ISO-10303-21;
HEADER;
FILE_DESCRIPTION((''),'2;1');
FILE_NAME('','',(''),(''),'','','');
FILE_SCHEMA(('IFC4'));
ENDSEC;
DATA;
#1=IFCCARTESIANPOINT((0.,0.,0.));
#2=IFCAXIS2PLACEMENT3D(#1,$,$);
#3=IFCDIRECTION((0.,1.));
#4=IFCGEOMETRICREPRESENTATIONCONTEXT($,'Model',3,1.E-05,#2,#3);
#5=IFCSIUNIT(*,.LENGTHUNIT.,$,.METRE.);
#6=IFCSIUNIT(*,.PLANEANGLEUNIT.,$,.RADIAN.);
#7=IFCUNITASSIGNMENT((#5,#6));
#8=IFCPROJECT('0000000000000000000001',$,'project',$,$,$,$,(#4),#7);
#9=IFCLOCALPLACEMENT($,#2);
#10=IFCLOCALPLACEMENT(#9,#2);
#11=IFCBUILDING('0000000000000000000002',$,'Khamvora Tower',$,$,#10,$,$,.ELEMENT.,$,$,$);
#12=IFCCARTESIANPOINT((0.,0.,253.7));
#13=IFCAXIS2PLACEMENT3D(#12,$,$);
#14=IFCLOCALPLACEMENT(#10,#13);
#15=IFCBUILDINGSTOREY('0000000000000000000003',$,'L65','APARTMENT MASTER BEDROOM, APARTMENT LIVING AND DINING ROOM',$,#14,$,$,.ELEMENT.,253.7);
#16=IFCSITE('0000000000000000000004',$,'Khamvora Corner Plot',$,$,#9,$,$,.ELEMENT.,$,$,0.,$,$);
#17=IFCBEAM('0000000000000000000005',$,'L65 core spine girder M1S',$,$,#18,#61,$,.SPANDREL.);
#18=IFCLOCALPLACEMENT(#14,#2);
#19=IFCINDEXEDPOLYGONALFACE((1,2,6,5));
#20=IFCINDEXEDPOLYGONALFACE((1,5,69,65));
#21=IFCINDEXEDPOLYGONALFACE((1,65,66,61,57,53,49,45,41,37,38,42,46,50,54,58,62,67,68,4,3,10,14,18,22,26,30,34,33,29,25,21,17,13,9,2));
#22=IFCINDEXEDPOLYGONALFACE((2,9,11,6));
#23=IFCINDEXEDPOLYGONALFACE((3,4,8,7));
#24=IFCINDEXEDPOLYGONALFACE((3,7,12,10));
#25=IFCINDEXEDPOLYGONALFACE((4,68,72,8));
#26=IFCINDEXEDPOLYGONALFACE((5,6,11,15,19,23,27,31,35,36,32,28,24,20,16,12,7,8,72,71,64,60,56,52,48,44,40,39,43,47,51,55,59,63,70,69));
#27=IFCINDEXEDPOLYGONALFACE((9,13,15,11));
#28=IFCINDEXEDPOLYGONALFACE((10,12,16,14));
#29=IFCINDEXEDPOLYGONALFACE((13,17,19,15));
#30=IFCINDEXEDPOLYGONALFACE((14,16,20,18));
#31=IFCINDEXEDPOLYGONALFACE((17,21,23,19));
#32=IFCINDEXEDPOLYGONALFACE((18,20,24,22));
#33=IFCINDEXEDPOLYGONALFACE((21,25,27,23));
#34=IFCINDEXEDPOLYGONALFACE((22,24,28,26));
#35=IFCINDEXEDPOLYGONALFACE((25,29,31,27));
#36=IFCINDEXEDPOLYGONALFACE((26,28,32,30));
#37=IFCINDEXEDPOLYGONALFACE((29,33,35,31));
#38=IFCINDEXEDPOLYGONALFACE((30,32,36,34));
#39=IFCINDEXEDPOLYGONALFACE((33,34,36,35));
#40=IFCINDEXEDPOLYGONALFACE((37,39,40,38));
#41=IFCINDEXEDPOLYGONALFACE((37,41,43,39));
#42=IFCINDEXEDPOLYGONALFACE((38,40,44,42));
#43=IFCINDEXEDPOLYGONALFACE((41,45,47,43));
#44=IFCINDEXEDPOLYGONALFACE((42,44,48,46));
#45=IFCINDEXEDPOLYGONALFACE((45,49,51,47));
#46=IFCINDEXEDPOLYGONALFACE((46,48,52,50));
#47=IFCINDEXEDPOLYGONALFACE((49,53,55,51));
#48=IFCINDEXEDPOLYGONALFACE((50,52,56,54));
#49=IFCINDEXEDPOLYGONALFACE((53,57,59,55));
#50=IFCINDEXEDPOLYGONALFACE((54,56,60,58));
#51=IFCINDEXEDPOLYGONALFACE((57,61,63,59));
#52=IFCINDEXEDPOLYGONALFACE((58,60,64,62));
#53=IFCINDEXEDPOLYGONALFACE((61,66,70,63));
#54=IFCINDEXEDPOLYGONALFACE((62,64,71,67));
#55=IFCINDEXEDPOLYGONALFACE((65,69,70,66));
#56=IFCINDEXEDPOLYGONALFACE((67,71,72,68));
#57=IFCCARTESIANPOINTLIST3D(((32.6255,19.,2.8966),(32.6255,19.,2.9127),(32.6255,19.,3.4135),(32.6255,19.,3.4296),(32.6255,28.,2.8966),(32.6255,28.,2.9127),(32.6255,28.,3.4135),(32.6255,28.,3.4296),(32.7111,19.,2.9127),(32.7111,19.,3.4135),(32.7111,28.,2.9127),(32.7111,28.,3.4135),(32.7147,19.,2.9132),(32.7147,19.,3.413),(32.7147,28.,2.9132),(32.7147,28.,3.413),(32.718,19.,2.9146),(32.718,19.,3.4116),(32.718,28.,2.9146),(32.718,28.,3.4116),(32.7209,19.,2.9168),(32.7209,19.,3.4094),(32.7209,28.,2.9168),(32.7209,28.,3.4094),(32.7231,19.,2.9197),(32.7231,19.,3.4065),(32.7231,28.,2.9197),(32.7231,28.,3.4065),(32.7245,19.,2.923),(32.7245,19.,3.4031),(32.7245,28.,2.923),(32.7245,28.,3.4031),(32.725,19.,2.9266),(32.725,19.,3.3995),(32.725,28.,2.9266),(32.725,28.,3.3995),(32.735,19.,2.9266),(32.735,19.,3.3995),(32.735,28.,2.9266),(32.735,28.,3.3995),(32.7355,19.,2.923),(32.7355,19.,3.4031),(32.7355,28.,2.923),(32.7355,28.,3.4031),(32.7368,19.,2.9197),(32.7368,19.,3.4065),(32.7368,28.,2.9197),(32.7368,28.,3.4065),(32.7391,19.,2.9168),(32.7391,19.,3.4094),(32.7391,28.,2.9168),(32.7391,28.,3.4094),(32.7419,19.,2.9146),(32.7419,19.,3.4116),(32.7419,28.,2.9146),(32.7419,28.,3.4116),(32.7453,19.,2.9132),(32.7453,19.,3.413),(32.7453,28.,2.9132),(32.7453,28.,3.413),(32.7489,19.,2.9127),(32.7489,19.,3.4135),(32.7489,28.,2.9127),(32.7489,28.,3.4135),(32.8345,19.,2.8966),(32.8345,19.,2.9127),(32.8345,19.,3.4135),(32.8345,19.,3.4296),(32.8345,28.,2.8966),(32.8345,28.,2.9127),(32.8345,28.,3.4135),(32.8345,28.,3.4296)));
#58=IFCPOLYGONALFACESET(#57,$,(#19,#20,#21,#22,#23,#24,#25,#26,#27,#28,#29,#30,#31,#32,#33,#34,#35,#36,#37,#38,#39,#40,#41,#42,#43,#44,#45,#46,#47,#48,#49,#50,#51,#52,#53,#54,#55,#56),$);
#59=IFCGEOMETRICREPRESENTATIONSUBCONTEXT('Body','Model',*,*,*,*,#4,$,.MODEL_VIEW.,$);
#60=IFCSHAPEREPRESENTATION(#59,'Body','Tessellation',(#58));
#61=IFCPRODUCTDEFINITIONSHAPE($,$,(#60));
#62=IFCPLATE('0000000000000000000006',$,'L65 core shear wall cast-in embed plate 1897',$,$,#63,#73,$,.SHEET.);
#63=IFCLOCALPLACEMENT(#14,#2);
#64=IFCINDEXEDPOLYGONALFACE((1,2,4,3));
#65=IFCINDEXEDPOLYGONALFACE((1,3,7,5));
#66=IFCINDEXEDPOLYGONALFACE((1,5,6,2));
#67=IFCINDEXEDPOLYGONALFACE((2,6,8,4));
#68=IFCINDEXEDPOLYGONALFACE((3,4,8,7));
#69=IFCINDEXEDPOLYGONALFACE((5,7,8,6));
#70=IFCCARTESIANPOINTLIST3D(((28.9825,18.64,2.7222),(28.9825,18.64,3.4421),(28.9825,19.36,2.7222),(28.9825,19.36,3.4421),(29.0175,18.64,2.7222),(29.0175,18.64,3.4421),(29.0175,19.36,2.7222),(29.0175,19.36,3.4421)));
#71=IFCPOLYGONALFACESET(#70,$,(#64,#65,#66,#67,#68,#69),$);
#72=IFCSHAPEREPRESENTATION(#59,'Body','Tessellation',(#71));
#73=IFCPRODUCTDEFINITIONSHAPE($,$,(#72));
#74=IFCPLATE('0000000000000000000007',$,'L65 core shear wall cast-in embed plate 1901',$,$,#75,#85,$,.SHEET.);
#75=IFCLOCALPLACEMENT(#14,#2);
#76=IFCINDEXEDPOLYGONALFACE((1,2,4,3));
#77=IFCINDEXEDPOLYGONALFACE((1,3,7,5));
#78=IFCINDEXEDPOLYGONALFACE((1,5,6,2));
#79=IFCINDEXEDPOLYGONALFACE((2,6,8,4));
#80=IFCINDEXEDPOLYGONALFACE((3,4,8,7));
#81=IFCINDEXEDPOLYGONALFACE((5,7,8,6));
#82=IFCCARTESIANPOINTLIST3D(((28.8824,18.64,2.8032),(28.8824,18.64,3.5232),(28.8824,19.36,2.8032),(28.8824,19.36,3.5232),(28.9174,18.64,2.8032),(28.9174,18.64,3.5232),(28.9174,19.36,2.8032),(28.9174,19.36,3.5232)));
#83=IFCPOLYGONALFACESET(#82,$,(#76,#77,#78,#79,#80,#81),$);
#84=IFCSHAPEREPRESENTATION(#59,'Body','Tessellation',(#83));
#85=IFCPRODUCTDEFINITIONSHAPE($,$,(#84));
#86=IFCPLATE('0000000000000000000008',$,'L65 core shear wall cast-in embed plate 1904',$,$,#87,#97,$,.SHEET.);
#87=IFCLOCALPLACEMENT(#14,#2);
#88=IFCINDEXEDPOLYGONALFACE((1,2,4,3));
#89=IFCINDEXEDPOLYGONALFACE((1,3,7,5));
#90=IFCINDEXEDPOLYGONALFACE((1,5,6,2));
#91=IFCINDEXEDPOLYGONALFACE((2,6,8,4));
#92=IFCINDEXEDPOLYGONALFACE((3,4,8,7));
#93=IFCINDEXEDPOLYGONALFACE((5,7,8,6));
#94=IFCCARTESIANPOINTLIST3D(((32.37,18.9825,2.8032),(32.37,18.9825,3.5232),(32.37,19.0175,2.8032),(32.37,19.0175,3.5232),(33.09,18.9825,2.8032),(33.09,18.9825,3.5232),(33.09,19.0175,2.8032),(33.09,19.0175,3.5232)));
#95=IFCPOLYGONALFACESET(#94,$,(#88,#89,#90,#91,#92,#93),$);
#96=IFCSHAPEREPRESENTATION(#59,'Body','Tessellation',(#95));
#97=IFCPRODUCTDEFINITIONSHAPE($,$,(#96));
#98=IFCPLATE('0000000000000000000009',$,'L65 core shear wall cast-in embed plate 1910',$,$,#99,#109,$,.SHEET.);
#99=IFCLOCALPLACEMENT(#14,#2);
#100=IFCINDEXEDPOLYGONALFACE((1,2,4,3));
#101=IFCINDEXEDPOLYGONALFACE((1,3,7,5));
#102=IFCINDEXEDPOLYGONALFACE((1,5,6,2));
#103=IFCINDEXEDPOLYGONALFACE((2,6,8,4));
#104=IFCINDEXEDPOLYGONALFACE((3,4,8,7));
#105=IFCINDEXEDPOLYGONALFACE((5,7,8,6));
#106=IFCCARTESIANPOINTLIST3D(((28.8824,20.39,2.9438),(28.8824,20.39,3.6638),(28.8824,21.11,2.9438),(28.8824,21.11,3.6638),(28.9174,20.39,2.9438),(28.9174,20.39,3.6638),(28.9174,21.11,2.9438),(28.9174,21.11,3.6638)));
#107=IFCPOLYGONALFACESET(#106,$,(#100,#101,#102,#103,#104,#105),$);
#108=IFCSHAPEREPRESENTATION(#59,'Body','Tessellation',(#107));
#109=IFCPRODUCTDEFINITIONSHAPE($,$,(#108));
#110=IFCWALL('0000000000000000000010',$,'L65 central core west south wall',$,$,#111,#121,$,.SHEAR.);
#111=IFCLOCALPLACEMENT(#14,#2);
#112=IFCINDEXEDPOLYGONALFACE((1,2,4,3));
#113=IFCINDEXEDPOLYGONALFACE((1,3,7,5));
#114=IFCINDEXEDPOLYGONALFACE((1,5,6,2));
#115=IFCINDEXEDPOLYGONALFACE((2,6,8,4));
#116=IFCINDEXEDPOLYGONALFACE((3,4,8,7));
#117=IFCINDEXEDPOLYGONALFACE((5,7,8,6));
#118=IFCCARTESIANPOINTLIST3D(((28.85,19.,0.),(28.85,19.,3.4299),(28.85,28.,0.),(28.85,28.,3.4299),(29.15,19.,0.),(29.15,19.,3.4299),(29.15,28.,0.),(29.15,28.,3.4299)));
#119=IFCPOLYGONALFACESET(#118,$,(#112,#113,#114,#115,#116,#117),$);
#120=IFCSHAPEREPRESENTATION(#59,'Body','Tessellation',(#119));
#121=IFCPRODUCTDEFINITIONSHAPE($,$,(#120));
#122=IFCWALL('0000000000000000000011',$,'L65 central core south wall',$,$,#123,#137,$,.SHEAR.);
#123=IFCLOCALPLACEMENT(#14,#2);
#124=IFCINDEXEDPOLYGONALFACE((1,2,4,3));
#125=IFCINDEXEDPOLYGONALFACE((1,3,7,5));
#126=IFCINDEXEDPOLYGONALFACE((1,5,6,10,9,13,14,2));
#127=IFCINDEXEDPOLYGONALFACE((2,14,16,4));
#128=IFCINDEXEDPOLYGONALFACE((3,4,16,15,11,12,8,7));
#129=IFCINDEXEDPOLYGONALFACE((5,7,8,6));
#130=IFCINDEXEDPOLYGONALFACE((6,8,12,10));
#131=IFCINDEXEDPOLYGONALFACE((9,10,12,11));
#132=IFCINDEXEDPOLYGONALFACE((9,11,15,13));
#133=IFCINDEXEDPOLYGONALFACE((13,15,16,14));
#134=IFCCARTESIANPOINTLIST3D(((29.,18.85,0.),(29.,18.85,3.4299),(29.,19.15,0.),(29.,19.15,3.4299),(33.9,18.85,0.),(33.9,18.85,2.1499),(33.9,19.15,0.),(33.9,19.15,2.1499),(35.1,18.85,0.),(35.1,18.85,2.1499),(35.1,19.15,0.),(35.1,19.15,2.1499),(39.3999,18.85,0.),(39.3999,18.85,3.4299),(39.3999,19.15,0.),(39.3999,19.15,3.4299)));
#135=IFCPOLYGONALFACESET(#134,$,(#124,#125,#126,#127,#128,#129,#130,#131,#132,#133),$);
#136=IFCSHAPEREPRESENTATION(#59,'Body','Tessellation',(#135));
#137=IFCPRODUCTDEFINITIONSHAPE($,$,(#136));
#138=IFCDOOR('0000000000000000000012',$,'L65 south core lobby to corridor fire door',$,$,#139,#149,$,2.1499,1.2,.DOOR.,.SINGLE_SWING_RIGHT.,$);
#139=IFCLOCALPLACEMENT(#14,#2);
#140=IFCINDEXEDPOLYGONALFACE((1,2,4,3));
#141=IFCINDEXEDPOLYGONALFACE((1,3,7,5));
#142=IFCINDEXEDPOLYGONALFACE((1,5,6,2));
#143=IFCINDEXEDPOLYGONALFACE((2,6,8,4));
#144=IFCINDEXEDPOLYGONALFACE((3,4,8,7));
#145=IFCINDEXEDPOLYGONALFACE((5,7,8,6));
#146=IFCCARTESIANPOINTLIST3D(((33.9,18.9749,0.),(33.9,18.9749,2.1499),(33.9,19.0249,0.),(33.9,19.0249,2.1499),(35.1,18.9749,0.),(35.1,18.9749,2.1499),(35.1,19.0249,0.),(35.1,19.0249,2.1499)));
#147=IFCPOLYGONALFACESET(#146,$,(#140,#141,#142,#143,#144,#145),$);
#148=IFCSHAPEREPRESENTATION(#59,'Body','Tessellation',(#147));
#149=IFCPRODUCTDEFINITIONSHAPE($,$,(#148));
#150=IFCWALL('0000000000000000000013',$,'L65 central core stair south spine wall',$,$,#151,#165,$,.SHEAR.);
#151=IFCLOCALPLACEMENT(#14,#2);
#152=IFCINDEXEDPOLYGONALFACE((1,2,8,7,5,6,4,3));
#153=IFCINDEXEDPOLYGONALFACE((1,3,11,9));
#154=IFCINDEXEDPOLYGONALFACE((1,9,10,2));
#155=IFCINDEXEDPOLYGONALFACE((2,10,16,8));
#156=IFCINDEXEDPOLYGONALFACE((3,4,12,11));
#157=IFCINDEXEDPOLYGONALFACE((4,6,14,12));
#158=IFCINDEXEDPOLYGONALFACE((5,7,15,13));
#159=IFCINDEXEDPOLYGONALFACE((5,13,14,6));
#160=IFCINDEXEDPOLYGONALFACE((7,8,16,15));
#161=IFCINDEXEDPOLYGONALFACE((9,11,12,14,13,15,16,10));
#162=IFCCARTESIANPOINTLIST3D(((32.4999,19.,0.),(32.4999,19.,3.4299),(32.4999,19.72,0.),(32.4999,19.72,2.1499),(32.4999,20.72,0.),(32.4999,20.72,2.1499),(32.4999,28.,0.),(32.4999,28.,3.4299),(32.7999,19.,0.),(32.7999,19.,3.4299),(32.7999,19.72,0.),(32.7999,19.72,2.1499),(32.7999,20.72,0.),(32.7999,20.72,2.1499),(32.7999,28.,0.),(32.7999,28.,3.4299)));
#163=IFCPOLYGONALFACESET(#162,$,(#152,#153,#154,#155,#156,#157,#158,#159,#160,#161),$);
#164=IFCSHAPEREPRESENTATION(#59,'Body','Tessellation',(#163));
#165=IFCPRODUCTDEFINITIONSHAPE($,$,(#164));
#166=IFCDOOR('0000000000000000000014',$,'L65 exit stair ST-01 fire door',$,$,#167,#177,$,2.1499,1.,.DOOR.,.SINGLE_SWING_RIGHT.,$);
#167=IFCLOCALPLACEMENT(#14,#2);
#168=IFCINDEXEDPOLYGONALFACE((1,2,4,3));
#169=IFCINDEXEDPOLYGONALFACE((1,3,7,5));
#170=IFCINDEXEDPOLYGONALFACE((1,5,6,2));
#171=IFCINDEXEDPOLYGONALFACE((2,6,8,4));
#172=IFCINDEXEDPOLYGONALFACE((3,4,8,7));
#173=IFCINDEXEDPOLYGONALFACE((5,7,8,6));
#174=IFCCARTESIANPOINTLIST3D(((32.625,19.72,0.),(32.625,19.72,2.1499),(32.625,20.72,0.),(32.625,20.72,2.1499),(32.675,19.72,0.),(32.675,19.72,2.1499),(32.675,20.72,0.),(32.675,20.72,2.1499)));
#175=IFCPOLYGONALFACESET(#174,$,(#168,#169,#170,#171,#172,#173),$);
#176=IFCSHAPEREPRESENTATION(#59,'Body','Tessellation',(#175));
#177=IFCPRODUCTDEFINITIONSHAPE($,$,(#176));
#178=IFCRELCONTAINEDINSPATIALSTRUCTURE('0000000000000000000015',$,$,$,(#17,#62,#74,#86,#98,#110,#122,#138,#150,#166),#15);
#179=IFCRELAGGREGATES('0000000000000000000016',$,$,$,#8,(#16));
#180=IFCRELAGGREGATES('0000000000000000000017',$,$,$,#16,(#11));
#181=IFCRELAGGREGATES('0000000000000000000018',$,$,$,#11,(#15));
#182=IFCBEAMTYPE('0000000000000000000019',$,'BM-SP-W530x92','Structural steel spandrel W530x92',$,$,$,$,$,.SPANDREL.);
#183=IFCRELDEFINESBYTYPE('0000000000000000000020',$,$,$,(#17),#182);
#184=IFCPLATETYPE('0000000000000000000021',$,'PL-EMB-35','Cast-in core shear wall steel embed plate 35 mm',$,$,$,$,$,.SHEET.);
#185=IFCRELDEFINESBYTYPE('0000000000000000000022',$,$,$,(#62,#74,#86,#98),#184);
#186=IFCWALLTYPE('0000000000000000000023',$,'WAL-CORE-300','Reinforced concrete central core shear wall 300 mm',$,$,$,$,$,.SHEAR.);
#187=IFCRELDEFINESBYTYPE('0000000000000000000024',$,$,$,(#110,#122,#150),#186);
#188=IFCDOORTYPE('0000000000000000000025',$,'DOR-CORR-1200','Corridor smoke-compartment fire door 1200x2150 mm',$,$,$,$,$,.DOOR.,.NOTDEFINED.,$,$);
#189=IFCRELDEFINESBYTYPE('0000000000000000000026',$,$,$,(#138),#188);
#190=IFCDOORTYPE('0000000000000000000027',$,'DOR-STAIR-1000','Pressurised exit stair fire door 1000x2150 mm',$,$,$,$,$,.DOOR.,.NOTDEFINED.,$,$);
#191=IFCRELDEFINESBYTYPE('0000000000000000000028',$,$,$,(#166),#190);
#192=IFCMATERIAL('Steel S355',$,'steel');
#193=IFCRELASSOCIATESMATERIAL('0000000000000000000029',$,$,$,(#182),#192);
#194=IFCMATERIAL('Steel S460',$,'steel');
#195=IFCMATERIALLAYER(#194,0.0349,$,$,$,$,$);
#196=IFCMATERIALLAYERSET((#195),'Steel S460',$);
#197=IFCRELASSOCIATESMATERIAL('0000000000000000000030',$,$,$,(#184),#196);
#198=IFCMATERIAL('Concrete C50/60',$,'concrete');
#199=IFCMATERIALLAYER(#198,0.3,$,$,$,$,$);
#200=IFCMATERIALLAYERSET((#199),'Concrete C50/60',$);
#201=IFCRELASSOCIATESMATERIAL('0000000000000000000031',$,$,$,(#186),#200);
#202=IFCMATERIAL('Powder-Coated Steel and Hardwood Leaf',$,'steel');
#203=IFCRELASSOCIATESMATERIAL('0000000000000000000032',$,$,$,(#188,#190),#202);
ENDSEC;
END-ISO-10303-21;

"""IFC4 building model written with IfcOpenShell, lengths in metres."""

from ifc_helpers import new_model, si_unit, direction, frame, frame_2d, origin, origin_2d, place, context, subcontext, project, spatial, rectangle, i_section, extrude, material, layer, layer_set, material_profile, profile_set, type_object, element, fill, save


model = new_model("IFC4")

# Units and contexts
model_context = context("Model", 3, precision=1e-05, world=origin(), true_north=direction((0.0, 1.0)))
body_context = subcontext(model_context, "Body", "Model", "MODEL_VIEW")
ifc_project = project(units=[si_unit("LENGTHUNIT", "METRE"), si_unit("PLANEANGLEUNIT", "RADIAN")], contexts=[model_context])

# Site, building, storey
site_placement = place(None, origin())
site = spatial("IfcSite", under=ifc_project, at=site_placement, Name="Khamvora Corner Plot", CompositionType="ELEMENT", RefElevation=0.0)
building_placement = place(site_placement, origin())
building = spatial("IfcBuilding", under=site, at=building_placement, Name="Khamvora Tower", CompositionType="ELEMENT")
storey_placement = place(building_placement, frame((0.0, 0.0, 253.7)))
storey = spatial("IfcBuildingStorey", under=building, at=storey_placement, Name="L65", Description="APARTMENT MASTER BEDROOM, APARTMENT LIVING AND DINING ROOM", CompositionType="ELEMENT", Elevation=253.7)

# Beam
ifc_material_1 = material(Name="Steel S355", Category="steel")
ifc_material_profile_1 = material_profile(ifc_material_1, i_section(OverallWidth=0.209, OverallDepth=0.533, WebThickness=0.01, FlangeThickness=0.0161, FilletRadius=0.0139, at=origin_2d()), Name="W530x92")
ifc_profile_set_1 = profile_set([ifc_material_profile_1], Name="Steel S355")
beam_type_1 = type_object("IfcBeamType", Name="BM-SP-W530x92", Description="Structural steel spandrel W530x92", PredefinedType="SPANDREL", material=ifc_profile_set_1)
beam_1_placement = place(storey_placement, frame((32.73, 19.0, 3.1631), z_axis=(0.0, 1.0, 0.0), x_axis=(-1.0, 0.0, 0.0)))
element("IfcBeam", 1, at=beam_1_placement, inside=storey, type_object=beam_type_1, Name="L65 core spine girder M1S", PredefinedType="SPANDREL", context=body_context, shape_type="SweptSolid", body=[
    extrude(i_section(OverallWidth=0.209, OverallDepth=0.533, WebThickness=0.01, FlangeThickness=0.0161, FilletRadius=0.0139, at=origin_2d()), origin(), (0.0, 0.0, 1.0), 9.0),
])

# Plates
ifc_material_2 = material(Name="Steel S460", Category="steel")
ifc_layer_1 = layer(ifc_material_2, 0.0349)
ifc_layer_set_1 = layer_set([ifc_layer_1], Name="Steel S460")
plate_type = type_object("IfcPlateType", Name="PL-EMB-35", Description="Cast-in core shear wall steel embed plate 35 mm", PredefinedType="SHEET", material=ifc_layer_set_1)
for number, where, z_axis, x_axis, name in (
    (2, (29.0, 19.0, 2.7222), (0.0, 0.0, 1.0), (1.0, 0.0, 0.0), "L65 core shear wall cast-in embed plate 1897"),
    (3, (28.8999, 19.0, 2.8032), (0.0, 0.0, 1.0), (1.0, 0.0, 0.0), "L65 core shear wall cast-in embed plate 1901"),
):
    element("IfcPlate", number, at=place(storey_placement, frame(where, z_axis=z_axis, x_axis=x_axis)), inside=storey, type_object=plate_type, Name=name, PredefinedType="SHEET", context=body_context, shape_type="SweptSolid", body=[
        extrude(rectangle(XDim=0.0349, YDim=0.72, at=origin_2d()), origin(), (0.0, 0.0, 1.0), 0.72),
    ])
plate_1_placement = place(storey_placement, frame((32.73, 19.0, 2.8032), z_axis=(0.0, 0.0, 1.0), x_axis=(1.0, 0.0, 0.0)))
element("IfcPlate", 4, at=plate_1_placement, inside=storey, type_object=plate_type, Name="L65 core shear wall cast-in embed plate 1904", PredefinedType="SHEET", context=body_context, shape_type="SweptSolid", body=[
    extrude(rectangle(XDim=0.72, YDim=0.0349, at=origin_2d()), origin(), (0.0, 0.0, 1.0), 0.72),
])
plate_2_placement = place(storey_placement, frame((28.8999, 20.75, 2.9438), z_axis=(0.0, 0.0, 1.0), x_axis=(1.0, 0.0, 0.0)))
element("IfcPlate", 5, at=plate_2_placement, inside=storey, type_object=plate_type, Name="L65 core shear wall cast-in embed plate 1910", PredefinedType="SHEET", context=body_context, shape_type="SweptSolid", body=[
    extrude(rectangle(XDim=0.0349, YDim=0.72, at=origin_2d()), origin(), (0.0, 0.0, 1.0), 0.72),
])

# Wall
ifc_material_3 = material(Name="Concrete C50/60", Category="concrete")
ifc_layer_2 = layer(ifc_material_3, 0.3)
ifc_layer_set_2 = layer_set([ifc_layer_2], Name="Concrete C50/60")
wall_type_1 = type_object("IfcWallType", Name="WAL-CORE-300", Description="Reinforced concrete central core shear wall 300 mm", PredefinedType="SHEAR", material=ifc_layer_set_2)
wall_1_placement = place(storey_placement, frame((29.0, 19.0, 0.0), z_axis=(0.0, 0.0, 1.0), x_axis=(0.0, 1.0, 0.0)))
element("IfcWall", 6, at=wall_1_placement, inside=storey, type_object=wall_type_1, Name="L65 central core west south wall", PredefinedType="SHEAR", context=body_context, shape_type="SweptSolid", body=[
    extrude(rectangle(XDim=9.0, YDim=0.3, at=frame_2d((4.5, 0.0))), origin(), (0.0, 0.0, 1.0), 3.4299),
])

# Walls, openings, doors
wall_2_placement = place(storey_placement, frame((29.0, 19.0, 0.0), z_axis=(0.0, 0.0, 1.0), x_axis=(1.0, 0.0, 0.0)))
wall_2 = element("IfcWall", 7, at=wall_2_placement, inside=storey, type_object=wall_type_1, Name="L65 central core south wall", PredefinedType="SHEAR", context=body_context, shape_type="SweptSolid", body=[
    extrude(rectangle(XDim=10.3999, YDim=0.3, at=frame_2d((5.2, 0.0))), origin(), (0.0, 0.0, 1.0), 3.4299),
])
opening_1_placement = place(wall_2_placement, frame((4.8999, 0.0, 0.0)))
opening_1 = element("IfcOpeningElement", 8, at=opening_1_placement, cuts=wall_2, PredefinedType="OPENING", context=body_context, shape_type="SweptSolid", body=[
    extrude(rectangle(XDim=1.2, YDim=2.1499, at=frame_2d((0.6001, 1.075))), frame((0.0, 0.1599, 0.0), z_axis=(0.0, -1.0, 0.0), x_axis=(1.0, 0.0, 0.0)), (0.0, 0.0, 1.0), 0.3201),
])
ifc_material_4 = material(Name="Powder-Coated Steel and Hardwood Leaf", Category="steel")
door_type_1 = type_object("IfcDoorType", Name="DOR-CORR-1200", Description="Corridor smoke-compartment fire door 1200x2150 mm", OperationType="NOTDEFINED", PredefinedType="DOOR", material=ifc_material_4)
door_1_placement = place(opening_1_placement, origin())
door_1 = element("IfcDoor", 9, at=door_1_placement, inside=storey, type_object=door_type_1, Name="L65 south core lobby to corridor fire door", OperationType="SINGLE_SWING_RIGHT", OverallHeight=2.1499, OverallWidth=1.2, PredefinedType="DOOR", context=body_context, shape_type="SweptSolid", body=[
    extrude(rectangle(XDim=1.2, YDim=2.1499, at=frame_2d((0.6001, 1.075))), frame((0.0, 0.0249, 0.0), z_axis=(0.0, -1.0, 0.0), x_axis=(1.0, 0.0, 0.0)), (0.0, 0.0, 1.0), 0.05),
])
fill(opening_1, door_1)
wall_3_placement = place(storey_placement, frame((32.6499, 19.0, 0.0), z_axis=(0.0, 0.0, 1.0), x_axis=(0.0, 1.0, 0.0)))
wall_3 = element("IfcWall", 10, at=wall_3_placement, inside=storey, type_object=wall_type_1, Name="L65 central core stair south spine wall", PredefinedType="SHEAR", context=body_context, shape_type="SweptSolid", body=[
    extrude(rectangle(XDim=9.0, YDim=0.3, at=frame_2d((4.5, 0.0))), origin(), (0.0, 0.0, 1.0), 3.4299),
])
opening_2_placement = place(wall_3_placement, frame((0.72, 0.0, 0.0)))
opening_2 = element("IfcOpeningElement", 11, at=opening_2_placement, cuts=wall_3, PredefinedType="OPENING", context=body_context, shape_type="SweptSolid", body=[
    extrude(rectangle(XDim=1.0, YDim=2.1499, at=frame_2d((0.5, 1.075))), frame((0.0, 0.1599, 0.0), z_axis=(0.0, -1.0, 0.0), x_axis=(1.0, 0.0, 0.0)), (0.0, 0.0, 1.0), 0.3201),
])
door_type_2 = type_object("IfcDoorType", Name="DOR-STAIR-1000", Description="Pressurised exit stair fire door 1000x2150 mm", OperationType="NOTDEFINED", PredefinedType="DOOR", material=ifc_material_4)
door_2_placement = place(opening_2_placement, origin())
door_2 = element("IfcDoor", 12, at=door_2_placement, inside=storey, type_object=door_type_2, Name="L65 exit stair ST-01 fire door", OperationType="SINGLE_SWING_RIGHT", OverallHeight=2.1499, OverallWidth=1.0, PredefinedType="DOOR", context=body_context, shape_type="SweptSolid", body=[
    extrude(rectangle(XDim=1.0, YDim=2.1499, at=frame_2d((0.5, 1.075))), frame((0.0, 0.0249, 0.0), z_axis=(0.0, -1.0, 0.0), x_axis=(1.0, 0.0, 0.0)), (0.0, 0.0, 1.0), 0.05),
])
fill(opening_2, door_2)

save(model, "model.ifc")
